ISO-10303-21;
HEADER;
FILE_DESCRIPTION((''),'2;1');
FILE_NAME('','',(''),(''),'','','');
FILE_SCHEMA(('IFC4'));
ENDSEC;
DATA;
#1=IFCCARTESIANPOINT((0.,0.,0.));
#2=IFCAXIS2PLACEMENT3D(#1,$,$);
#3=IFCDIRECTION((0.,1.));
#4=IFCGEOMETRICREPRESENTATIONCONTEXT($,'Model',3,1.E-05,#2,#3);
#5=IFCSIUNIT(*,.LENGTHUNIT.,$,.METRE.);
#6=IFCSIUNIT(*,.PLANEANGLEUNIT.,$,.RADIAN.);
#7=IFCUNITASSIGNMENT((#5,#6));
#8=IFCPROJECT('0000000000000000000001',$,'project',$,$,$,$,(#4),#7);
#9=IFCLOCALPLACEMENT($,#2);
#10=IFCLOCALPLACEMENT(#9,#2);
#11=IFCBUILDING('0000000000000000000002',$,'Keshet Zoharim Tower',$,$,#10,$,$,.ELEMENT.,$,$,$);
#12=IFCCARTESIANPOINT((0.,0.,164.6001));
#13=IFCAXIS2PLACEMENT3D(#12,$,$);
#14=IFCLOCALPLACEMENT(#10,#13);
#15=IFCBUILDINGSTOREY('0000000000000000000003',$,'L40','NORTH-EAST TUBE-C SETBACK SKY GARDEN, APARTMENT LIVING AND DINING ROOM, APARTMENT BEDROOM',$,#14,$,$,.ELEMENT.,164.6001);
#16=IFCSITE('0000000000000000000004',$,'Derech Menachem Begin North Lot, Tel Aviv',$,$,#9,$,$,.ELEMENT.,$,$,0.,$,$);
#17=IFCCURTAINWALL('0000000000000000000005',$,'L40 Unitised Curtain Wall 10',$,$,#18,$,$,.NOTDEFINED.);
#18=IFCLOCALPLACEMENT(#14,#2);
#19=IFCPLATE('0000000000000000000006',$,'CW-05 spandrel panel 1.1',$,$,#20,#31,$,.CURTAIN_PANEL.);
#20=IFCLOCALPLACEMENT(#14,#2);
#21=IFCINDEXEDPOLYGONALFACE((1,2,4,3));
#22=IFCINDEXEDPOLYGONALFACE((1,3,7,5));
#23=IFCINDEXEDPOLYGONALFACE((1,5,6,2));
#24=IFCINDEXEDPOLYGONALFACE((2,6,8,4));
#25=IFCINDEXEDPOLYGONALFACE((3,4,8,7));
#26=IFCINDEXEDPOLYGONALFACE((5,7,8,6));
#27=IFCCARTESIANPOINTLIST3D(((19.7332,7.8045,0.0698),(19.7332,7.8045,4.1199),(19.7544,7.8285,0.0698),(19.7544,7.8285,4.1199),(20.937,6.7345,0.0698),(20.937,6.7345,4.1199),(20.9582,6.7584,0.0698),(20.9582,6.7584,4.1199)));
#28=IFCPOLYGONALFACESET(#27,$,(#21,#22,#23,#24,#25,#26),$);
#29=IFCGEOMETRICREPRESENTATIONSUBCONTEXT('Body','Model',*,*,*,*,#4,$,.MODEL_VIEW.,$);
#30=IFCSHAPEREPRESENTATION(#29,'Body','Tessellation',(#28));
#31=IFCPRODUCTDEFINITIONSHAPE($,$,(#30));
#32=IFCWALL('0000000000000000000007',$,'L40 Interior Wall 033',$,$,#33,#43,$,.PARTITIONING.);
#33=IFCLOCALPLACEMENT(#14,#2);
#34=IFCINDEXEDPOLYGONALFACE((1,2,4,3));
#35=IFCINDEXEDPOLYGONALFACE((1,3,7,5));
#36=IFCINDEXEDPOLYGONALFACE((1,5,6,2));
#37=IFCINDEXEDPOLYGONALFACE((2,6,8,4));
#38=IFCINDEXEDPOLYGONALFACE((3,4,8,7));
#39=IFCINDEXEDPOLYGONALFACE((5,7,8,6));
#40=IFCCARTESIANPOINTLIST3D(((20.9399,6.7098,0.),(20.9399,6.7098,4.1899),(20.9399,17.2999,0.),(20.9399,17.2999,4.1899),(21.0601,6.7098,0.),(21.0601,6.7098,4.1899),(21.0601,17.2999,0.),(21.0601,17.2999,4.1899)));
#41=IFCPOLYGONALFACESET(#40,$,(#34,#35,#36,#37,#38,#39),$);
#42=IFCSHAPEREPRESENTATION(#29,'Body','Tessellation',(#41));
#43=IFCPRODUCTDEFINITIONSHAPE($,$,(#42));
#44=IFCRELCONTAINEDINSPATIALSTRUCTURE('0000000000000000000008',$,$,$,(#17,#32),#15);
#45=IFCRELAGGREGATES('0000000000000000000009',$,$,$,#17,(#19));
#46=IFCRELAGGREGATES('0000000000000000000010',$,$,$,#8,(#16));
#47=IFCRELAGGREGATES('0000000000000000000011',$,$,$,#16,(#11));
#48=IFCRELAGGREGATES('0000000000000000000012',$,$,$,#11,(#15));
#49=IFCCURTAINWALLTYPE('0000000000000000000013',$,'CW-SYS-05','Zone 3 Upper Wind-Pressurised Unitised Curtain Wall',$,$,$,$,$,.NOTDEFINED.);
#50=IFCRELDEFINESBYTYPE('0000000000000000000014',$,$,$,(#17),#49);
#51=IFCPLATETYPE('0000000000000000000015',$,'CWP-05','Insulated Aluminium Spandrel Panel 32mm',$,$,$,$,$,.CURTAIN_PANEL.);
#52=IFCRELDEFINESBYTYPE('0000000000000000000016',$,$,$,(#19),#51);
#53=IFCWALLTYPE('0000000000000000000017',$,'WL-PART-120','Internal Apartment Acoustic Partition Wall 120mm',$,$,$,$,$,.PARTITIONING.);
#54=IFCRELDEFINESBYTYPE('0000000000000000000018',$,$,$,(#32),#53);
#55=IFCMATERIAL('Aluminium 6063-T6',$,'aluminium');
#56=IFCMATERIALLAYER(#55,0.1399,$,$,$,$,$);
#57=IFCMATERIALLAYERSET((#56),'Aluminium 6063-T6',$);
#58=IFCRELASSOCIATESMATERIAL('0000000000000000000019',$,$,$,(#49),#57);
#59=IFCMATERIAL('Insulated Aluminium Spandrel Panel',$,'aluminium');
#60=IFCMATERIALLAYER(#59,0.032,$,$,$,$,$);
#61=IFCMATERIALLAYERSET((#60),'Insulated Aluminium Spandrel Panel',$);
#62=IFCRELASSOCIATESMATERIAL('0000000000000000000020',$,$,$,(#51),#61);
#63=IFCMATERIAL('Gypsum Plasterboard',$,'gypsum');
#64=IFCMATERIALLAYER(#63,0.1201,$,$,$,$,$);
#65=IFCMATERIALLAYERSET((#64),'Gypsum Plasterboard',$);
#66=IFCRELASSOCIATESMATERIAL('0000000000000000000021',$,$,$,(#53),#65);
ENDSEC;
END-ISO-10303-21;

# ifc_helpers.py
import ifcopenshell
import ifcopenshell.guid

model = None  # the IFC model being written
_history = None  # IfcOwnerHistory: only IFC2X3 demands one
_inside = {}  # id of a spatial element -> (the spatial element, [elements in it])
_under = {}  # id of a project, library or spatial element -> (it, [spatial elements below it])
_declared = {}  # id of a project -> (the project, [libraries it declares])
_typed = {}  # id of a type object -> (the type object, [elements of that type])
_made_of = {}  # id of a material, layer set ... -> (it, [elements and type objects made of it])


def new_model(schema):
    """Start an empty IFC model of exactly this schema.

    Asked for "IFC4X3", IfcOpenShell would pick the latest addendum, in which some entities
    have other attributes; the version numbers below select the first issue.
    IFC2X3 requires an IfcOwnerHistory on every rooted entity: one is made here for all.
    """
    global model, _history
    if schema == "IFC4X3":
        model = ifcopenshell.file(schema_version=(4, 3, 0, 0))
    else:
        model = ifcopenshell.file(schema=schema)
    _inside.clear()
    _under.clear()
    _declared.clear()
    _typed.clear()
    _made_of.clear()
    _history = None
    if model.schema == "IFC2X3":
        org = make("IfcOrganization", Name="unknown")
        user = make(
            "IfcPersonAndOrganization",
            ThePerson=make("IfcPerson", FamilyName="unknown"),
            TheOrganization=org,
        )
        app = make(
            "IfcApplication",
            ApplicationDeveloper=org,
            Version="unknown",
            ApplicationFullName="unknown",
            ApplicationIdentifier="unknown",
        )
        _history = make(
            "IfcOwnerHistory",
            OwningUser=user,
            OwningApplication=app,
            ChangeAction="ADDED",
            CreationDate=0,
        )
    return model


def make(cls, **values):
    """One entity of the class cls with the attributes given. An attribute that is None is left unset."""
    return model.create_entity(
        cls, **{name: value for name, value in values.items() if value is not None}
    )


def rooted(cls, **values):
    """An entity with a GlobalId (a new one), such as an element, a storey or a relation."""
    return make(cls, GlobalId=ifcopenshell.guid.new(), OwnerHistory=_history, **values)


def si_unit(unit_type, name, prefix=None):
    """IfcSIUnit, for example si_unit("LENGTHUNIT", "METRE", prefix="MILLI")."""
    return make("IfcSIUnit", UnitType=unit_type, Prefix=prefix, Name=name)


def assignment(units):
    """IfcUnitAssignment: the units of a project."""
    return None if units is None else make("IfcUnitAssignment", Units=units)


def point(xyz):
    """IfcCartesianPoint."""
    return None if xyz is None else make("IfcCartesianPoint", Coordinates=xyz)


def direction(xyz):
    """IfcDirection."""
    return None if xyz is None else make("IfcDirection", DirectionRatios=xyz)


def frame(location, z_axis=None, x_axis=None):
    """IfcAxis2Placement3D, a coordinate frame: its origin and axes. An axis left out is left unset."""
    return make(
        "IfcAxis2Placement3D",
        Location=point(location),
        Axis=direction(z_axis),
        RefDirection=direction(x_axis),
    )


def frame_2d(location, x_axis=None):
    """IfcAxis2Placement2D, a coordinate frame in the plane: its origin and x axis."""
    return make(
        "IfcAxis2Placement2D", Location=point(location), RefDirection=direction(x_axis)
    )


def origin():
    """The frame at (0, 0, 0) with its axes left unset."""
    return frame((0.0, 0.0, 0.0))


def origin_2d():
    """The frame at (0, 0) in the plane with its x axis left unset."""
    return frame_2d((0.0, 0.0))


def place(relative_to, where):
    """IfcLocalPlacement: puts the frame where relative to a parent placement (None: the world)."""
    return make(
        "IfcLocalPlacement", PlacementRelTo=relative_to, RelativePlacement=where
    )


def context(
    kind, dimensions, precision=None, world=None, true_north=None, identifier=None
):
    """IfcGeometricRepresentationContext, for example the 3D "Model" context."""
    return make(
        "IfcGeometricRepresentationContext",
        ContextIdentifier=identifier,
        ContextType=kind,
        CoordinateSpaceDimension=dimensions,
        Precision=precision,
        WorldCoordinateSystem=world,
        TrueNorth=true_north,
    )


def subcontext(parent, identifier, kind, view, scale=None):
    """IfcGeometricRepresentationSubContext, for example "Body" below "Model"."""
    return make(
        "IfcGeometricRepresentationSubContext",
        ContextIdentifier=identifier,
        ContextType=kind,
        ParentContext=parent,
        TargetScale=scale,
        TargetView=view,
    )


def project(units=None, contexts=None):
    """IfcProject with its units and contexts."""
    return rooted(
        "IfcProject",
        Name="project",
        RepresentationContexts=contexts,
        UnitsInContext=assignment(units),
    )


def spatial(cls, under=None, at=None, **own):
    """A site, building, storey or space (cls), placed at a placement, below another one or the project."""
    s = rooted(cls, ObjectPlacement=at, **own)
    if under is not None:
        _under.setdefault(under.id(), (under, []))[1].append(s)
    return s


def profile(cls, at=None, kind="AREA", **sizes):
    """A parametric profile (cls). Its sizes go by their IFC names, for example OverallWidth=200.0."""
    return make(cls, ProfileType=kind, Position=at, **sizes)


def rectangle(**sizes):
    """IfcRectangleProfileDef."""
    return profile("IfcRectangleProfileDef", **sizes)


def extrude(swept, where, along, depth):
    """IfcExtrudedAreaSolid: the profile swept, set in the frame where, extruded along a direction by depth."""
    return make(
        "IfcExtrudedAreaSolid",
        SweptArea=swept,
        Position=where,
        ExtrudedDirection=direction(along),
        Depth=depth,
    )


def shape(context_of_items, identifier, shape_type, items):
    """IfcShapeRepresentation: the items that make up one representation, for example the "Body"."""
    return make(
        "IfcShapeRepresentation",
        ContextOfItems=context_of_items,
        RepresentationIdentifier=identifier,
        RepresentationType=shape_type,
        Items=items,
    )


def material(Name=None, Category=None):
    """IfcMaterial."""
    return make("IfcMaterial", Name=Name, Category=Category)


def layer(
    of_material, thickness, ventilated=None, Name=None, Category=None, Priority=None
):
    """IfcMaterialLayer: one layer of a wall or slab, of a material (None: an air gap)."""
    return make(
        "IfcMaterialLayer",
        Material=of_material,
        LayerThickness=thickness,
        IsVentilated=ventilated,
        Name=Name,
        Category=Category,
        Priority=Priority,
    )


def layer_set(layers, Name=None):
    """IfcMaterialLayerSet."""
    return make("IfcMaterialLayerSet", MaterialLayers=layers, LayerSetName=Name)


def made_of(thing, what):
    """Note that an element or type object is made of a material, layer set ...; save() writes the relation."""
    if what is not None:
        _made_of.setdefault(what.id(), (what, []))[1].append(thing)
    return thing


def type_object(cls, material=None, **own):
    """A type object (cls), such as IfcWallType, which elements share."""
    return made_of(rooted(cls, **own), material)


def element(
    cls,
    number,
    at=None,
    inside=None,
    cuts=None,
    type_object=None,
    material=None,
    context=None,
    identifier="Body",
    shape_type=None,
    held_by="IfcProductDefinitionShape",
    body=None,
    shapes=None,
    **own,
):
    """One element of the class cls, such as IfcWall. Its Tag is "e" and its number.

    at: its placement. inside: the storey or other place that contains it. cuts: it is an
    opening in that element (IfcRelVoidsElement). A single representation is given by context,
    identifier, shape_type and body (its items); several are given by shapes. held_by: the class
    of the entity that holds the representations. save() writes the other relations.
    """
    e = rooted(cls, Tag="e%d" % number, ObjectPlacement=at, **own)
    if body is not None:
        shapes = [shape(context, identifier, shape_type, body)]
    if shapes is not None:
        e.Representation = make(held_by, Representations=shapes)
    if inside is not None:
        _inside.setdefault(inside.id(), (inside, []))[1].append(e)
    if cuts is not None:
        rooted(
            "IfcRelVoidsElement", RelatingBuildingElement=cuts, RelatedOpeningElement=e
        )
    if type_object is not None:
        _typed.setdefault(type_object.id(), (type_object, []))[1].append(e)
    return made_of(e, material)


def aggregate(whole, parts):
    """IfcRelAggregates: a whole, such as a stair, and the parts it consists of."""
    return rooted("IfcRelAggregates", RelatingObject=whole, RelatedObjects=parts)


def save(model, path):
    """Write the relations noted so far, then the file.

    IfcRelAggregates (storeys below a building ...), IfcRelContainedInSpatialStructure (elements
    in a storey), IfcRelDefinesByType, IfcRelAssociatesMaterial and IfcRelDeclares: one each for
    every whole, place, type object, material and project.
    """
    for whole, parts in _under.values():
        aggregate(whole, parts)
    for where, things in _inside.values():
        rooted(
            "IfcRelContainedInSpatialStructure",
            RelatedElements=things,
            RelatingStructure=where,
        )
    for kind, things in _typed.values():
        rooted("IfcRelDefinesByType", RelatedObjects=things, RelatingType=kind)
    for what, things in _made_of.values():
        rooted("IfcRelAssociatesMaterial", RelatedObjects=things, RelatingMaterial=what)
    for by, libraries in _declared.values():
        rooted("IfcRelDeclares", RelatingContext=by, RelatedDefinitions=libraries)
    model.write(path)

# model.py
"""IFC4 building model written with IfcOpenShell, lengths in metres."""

from ifc_helpers import new_model, si_unit, direction, frame, frame_2d, origin, origin_2d, place, context, subcontext, project, spatial, rectangle, extrude, material, layer, layer_set, type_object, element, aggregate, save


model = new_model("IFC4")

# Units and contexts
model_context = context("Model", 3, precision=1e-05, world=origin(), true_north=direction((0.0, 1.0)))
body_context = subcontext(model_context, "Body", "Model", "MODEL_VIEW")
ifc_project = project(units=[si_unit("LENGTHUNIT", "METRE"), si_unit("PLANEANGLEUNIT", "RADIAN")], contexts=[model_context])

# Site, building, storey
site_placement = place(None, origin())
site = spatial("IfcSite", under=ifc_project, at=site_placement, Name="Derech Menachem Begin North Lot, Tel Aviv", CompositionType="ELEMENT", RefElevation=0.0)
building_placement = place(site_placement, origin())
building = spatial("IfcBuilding", under=site, at=building_placement, Name="Keshet Zoharim Tower", CompositionType="ELEMENT")
storey_placement = place(building_placement, frame((0.0, 0.0, 164.6001)))
storey = spatial("IfcBuildingStorey", under=building, at=storey_placement, Name="L40", Description="NORTH-EAST TUBE-C SETBACK SKY GARDEN, APARTMENT LIVING AND DINING ROOM, APARTMENT BEDROOM", CompositionType="ELEMENT", Elevation=164.6001)

# Shared definitions
ifc_material_1 = material(Name="Aluminium 6063-T6", Category="aluminium")
ifc_layer_1 = layer(ifc_material_1, 0.1399)
ifc_layer_set_1 = layer_set([ifc_layer_1], Name="Aluminium 6063-T6")
curtain_wall_type = type_object("IfcCurtainWallType", Name="CW-SYS-05", Description="Zone 3 Upper Wind-Pressurised Unitised Curtain Wall", PredefinedType="NOTDEFINED", material=ifc_layer_set_1)

# Curtain wall
curtain_wall_1_placement = place(storey_placement, origin())
curtain_wall_1 = element("IfcCurtainWall", 1, at=curtain_wall_1_placement, inside=storey, type_object=curtain_wall_type, Name="L40 Unitised Curtain Wall 10", PredefinedType="NOTDEFINED")

# Plate
ifc_material_2 = material(Name="Insulated Aluminium Spandrel Panel", Category="aluminium")
ifc_layer_2 = layer(ifc_material_2, 0.032)
ifc_layer_set_2 = layer_set([ifc_layer_2], Name="Insulated Aluminium Spandrel Panel")
plate_type_1 = type_object("IfcPlateType", Name="CWP-05", Description="Insulated Aluminium Spandrel Panel 32mm", PredefinedType="CURTAIN_PANEL", material=ifc_layer_set_2)
plate_1_placement = place(storey_placement, frame((20.3457, 7.2815, 0.0698), z_axis=(0.0, 0.0, 1.0), x_axis=(-0.747416, 0.664357, 0.0)))
plate_1 = element("IfcPlate", 2, at=plate_1_placement, type_object=plate_type_1, Name="CW-05 spandrel panel 1.1", PredefinedType="CURTAIN_PANEL", context=body_context, shape_type="SweptSolid", body=[
    extrude(rectangle(XDim=1.6106, YDim=0.032, at=origin_2d()), origin(), (0.0, 0.0, 1.0), 4.05),
])
aggregate(curtain_wall_1, [plate_1])

# Wall
ifc_material_3 = material(Name="Gypsum Plasterboard", Category="gypsum")
ifc_layer_3 = layer(ifc_material_3, 0.1201)
ifc_layer_set_3 = layer_set([ifc_layer_3], Name="Gypsum Plasterboard")
wall_type = type_object("IfcWallType", Name="WL-PART-120", Description="Internal Apartment Acoustic Partition Wall 120mm", PredefinedType="PARTITIONING", material=ifc_layer_set_3)
wall_placement = place(storey_placement, frame((21.0, 6.71, 0.0), z_axis=(0.0, 0.0, 1.0), x_axis=(0.0, 1.0, 0.0)))
element("IfcWall", 3, at=wall_placement, inside=storey, type_object=wall_type, Name="L40 Interior Wall 033", PredefinedType="PARTITIONING", context=body_context, shape_type="SweptSolid", body=[
    extrude(rectangle(XDim=10.5901, YDim=0.1201, at=frame_2d((5.2949, 0.0))), origin(), (0.0, 0.0, 1.0), 4.1899),
])

save(model, "model.ifc")
